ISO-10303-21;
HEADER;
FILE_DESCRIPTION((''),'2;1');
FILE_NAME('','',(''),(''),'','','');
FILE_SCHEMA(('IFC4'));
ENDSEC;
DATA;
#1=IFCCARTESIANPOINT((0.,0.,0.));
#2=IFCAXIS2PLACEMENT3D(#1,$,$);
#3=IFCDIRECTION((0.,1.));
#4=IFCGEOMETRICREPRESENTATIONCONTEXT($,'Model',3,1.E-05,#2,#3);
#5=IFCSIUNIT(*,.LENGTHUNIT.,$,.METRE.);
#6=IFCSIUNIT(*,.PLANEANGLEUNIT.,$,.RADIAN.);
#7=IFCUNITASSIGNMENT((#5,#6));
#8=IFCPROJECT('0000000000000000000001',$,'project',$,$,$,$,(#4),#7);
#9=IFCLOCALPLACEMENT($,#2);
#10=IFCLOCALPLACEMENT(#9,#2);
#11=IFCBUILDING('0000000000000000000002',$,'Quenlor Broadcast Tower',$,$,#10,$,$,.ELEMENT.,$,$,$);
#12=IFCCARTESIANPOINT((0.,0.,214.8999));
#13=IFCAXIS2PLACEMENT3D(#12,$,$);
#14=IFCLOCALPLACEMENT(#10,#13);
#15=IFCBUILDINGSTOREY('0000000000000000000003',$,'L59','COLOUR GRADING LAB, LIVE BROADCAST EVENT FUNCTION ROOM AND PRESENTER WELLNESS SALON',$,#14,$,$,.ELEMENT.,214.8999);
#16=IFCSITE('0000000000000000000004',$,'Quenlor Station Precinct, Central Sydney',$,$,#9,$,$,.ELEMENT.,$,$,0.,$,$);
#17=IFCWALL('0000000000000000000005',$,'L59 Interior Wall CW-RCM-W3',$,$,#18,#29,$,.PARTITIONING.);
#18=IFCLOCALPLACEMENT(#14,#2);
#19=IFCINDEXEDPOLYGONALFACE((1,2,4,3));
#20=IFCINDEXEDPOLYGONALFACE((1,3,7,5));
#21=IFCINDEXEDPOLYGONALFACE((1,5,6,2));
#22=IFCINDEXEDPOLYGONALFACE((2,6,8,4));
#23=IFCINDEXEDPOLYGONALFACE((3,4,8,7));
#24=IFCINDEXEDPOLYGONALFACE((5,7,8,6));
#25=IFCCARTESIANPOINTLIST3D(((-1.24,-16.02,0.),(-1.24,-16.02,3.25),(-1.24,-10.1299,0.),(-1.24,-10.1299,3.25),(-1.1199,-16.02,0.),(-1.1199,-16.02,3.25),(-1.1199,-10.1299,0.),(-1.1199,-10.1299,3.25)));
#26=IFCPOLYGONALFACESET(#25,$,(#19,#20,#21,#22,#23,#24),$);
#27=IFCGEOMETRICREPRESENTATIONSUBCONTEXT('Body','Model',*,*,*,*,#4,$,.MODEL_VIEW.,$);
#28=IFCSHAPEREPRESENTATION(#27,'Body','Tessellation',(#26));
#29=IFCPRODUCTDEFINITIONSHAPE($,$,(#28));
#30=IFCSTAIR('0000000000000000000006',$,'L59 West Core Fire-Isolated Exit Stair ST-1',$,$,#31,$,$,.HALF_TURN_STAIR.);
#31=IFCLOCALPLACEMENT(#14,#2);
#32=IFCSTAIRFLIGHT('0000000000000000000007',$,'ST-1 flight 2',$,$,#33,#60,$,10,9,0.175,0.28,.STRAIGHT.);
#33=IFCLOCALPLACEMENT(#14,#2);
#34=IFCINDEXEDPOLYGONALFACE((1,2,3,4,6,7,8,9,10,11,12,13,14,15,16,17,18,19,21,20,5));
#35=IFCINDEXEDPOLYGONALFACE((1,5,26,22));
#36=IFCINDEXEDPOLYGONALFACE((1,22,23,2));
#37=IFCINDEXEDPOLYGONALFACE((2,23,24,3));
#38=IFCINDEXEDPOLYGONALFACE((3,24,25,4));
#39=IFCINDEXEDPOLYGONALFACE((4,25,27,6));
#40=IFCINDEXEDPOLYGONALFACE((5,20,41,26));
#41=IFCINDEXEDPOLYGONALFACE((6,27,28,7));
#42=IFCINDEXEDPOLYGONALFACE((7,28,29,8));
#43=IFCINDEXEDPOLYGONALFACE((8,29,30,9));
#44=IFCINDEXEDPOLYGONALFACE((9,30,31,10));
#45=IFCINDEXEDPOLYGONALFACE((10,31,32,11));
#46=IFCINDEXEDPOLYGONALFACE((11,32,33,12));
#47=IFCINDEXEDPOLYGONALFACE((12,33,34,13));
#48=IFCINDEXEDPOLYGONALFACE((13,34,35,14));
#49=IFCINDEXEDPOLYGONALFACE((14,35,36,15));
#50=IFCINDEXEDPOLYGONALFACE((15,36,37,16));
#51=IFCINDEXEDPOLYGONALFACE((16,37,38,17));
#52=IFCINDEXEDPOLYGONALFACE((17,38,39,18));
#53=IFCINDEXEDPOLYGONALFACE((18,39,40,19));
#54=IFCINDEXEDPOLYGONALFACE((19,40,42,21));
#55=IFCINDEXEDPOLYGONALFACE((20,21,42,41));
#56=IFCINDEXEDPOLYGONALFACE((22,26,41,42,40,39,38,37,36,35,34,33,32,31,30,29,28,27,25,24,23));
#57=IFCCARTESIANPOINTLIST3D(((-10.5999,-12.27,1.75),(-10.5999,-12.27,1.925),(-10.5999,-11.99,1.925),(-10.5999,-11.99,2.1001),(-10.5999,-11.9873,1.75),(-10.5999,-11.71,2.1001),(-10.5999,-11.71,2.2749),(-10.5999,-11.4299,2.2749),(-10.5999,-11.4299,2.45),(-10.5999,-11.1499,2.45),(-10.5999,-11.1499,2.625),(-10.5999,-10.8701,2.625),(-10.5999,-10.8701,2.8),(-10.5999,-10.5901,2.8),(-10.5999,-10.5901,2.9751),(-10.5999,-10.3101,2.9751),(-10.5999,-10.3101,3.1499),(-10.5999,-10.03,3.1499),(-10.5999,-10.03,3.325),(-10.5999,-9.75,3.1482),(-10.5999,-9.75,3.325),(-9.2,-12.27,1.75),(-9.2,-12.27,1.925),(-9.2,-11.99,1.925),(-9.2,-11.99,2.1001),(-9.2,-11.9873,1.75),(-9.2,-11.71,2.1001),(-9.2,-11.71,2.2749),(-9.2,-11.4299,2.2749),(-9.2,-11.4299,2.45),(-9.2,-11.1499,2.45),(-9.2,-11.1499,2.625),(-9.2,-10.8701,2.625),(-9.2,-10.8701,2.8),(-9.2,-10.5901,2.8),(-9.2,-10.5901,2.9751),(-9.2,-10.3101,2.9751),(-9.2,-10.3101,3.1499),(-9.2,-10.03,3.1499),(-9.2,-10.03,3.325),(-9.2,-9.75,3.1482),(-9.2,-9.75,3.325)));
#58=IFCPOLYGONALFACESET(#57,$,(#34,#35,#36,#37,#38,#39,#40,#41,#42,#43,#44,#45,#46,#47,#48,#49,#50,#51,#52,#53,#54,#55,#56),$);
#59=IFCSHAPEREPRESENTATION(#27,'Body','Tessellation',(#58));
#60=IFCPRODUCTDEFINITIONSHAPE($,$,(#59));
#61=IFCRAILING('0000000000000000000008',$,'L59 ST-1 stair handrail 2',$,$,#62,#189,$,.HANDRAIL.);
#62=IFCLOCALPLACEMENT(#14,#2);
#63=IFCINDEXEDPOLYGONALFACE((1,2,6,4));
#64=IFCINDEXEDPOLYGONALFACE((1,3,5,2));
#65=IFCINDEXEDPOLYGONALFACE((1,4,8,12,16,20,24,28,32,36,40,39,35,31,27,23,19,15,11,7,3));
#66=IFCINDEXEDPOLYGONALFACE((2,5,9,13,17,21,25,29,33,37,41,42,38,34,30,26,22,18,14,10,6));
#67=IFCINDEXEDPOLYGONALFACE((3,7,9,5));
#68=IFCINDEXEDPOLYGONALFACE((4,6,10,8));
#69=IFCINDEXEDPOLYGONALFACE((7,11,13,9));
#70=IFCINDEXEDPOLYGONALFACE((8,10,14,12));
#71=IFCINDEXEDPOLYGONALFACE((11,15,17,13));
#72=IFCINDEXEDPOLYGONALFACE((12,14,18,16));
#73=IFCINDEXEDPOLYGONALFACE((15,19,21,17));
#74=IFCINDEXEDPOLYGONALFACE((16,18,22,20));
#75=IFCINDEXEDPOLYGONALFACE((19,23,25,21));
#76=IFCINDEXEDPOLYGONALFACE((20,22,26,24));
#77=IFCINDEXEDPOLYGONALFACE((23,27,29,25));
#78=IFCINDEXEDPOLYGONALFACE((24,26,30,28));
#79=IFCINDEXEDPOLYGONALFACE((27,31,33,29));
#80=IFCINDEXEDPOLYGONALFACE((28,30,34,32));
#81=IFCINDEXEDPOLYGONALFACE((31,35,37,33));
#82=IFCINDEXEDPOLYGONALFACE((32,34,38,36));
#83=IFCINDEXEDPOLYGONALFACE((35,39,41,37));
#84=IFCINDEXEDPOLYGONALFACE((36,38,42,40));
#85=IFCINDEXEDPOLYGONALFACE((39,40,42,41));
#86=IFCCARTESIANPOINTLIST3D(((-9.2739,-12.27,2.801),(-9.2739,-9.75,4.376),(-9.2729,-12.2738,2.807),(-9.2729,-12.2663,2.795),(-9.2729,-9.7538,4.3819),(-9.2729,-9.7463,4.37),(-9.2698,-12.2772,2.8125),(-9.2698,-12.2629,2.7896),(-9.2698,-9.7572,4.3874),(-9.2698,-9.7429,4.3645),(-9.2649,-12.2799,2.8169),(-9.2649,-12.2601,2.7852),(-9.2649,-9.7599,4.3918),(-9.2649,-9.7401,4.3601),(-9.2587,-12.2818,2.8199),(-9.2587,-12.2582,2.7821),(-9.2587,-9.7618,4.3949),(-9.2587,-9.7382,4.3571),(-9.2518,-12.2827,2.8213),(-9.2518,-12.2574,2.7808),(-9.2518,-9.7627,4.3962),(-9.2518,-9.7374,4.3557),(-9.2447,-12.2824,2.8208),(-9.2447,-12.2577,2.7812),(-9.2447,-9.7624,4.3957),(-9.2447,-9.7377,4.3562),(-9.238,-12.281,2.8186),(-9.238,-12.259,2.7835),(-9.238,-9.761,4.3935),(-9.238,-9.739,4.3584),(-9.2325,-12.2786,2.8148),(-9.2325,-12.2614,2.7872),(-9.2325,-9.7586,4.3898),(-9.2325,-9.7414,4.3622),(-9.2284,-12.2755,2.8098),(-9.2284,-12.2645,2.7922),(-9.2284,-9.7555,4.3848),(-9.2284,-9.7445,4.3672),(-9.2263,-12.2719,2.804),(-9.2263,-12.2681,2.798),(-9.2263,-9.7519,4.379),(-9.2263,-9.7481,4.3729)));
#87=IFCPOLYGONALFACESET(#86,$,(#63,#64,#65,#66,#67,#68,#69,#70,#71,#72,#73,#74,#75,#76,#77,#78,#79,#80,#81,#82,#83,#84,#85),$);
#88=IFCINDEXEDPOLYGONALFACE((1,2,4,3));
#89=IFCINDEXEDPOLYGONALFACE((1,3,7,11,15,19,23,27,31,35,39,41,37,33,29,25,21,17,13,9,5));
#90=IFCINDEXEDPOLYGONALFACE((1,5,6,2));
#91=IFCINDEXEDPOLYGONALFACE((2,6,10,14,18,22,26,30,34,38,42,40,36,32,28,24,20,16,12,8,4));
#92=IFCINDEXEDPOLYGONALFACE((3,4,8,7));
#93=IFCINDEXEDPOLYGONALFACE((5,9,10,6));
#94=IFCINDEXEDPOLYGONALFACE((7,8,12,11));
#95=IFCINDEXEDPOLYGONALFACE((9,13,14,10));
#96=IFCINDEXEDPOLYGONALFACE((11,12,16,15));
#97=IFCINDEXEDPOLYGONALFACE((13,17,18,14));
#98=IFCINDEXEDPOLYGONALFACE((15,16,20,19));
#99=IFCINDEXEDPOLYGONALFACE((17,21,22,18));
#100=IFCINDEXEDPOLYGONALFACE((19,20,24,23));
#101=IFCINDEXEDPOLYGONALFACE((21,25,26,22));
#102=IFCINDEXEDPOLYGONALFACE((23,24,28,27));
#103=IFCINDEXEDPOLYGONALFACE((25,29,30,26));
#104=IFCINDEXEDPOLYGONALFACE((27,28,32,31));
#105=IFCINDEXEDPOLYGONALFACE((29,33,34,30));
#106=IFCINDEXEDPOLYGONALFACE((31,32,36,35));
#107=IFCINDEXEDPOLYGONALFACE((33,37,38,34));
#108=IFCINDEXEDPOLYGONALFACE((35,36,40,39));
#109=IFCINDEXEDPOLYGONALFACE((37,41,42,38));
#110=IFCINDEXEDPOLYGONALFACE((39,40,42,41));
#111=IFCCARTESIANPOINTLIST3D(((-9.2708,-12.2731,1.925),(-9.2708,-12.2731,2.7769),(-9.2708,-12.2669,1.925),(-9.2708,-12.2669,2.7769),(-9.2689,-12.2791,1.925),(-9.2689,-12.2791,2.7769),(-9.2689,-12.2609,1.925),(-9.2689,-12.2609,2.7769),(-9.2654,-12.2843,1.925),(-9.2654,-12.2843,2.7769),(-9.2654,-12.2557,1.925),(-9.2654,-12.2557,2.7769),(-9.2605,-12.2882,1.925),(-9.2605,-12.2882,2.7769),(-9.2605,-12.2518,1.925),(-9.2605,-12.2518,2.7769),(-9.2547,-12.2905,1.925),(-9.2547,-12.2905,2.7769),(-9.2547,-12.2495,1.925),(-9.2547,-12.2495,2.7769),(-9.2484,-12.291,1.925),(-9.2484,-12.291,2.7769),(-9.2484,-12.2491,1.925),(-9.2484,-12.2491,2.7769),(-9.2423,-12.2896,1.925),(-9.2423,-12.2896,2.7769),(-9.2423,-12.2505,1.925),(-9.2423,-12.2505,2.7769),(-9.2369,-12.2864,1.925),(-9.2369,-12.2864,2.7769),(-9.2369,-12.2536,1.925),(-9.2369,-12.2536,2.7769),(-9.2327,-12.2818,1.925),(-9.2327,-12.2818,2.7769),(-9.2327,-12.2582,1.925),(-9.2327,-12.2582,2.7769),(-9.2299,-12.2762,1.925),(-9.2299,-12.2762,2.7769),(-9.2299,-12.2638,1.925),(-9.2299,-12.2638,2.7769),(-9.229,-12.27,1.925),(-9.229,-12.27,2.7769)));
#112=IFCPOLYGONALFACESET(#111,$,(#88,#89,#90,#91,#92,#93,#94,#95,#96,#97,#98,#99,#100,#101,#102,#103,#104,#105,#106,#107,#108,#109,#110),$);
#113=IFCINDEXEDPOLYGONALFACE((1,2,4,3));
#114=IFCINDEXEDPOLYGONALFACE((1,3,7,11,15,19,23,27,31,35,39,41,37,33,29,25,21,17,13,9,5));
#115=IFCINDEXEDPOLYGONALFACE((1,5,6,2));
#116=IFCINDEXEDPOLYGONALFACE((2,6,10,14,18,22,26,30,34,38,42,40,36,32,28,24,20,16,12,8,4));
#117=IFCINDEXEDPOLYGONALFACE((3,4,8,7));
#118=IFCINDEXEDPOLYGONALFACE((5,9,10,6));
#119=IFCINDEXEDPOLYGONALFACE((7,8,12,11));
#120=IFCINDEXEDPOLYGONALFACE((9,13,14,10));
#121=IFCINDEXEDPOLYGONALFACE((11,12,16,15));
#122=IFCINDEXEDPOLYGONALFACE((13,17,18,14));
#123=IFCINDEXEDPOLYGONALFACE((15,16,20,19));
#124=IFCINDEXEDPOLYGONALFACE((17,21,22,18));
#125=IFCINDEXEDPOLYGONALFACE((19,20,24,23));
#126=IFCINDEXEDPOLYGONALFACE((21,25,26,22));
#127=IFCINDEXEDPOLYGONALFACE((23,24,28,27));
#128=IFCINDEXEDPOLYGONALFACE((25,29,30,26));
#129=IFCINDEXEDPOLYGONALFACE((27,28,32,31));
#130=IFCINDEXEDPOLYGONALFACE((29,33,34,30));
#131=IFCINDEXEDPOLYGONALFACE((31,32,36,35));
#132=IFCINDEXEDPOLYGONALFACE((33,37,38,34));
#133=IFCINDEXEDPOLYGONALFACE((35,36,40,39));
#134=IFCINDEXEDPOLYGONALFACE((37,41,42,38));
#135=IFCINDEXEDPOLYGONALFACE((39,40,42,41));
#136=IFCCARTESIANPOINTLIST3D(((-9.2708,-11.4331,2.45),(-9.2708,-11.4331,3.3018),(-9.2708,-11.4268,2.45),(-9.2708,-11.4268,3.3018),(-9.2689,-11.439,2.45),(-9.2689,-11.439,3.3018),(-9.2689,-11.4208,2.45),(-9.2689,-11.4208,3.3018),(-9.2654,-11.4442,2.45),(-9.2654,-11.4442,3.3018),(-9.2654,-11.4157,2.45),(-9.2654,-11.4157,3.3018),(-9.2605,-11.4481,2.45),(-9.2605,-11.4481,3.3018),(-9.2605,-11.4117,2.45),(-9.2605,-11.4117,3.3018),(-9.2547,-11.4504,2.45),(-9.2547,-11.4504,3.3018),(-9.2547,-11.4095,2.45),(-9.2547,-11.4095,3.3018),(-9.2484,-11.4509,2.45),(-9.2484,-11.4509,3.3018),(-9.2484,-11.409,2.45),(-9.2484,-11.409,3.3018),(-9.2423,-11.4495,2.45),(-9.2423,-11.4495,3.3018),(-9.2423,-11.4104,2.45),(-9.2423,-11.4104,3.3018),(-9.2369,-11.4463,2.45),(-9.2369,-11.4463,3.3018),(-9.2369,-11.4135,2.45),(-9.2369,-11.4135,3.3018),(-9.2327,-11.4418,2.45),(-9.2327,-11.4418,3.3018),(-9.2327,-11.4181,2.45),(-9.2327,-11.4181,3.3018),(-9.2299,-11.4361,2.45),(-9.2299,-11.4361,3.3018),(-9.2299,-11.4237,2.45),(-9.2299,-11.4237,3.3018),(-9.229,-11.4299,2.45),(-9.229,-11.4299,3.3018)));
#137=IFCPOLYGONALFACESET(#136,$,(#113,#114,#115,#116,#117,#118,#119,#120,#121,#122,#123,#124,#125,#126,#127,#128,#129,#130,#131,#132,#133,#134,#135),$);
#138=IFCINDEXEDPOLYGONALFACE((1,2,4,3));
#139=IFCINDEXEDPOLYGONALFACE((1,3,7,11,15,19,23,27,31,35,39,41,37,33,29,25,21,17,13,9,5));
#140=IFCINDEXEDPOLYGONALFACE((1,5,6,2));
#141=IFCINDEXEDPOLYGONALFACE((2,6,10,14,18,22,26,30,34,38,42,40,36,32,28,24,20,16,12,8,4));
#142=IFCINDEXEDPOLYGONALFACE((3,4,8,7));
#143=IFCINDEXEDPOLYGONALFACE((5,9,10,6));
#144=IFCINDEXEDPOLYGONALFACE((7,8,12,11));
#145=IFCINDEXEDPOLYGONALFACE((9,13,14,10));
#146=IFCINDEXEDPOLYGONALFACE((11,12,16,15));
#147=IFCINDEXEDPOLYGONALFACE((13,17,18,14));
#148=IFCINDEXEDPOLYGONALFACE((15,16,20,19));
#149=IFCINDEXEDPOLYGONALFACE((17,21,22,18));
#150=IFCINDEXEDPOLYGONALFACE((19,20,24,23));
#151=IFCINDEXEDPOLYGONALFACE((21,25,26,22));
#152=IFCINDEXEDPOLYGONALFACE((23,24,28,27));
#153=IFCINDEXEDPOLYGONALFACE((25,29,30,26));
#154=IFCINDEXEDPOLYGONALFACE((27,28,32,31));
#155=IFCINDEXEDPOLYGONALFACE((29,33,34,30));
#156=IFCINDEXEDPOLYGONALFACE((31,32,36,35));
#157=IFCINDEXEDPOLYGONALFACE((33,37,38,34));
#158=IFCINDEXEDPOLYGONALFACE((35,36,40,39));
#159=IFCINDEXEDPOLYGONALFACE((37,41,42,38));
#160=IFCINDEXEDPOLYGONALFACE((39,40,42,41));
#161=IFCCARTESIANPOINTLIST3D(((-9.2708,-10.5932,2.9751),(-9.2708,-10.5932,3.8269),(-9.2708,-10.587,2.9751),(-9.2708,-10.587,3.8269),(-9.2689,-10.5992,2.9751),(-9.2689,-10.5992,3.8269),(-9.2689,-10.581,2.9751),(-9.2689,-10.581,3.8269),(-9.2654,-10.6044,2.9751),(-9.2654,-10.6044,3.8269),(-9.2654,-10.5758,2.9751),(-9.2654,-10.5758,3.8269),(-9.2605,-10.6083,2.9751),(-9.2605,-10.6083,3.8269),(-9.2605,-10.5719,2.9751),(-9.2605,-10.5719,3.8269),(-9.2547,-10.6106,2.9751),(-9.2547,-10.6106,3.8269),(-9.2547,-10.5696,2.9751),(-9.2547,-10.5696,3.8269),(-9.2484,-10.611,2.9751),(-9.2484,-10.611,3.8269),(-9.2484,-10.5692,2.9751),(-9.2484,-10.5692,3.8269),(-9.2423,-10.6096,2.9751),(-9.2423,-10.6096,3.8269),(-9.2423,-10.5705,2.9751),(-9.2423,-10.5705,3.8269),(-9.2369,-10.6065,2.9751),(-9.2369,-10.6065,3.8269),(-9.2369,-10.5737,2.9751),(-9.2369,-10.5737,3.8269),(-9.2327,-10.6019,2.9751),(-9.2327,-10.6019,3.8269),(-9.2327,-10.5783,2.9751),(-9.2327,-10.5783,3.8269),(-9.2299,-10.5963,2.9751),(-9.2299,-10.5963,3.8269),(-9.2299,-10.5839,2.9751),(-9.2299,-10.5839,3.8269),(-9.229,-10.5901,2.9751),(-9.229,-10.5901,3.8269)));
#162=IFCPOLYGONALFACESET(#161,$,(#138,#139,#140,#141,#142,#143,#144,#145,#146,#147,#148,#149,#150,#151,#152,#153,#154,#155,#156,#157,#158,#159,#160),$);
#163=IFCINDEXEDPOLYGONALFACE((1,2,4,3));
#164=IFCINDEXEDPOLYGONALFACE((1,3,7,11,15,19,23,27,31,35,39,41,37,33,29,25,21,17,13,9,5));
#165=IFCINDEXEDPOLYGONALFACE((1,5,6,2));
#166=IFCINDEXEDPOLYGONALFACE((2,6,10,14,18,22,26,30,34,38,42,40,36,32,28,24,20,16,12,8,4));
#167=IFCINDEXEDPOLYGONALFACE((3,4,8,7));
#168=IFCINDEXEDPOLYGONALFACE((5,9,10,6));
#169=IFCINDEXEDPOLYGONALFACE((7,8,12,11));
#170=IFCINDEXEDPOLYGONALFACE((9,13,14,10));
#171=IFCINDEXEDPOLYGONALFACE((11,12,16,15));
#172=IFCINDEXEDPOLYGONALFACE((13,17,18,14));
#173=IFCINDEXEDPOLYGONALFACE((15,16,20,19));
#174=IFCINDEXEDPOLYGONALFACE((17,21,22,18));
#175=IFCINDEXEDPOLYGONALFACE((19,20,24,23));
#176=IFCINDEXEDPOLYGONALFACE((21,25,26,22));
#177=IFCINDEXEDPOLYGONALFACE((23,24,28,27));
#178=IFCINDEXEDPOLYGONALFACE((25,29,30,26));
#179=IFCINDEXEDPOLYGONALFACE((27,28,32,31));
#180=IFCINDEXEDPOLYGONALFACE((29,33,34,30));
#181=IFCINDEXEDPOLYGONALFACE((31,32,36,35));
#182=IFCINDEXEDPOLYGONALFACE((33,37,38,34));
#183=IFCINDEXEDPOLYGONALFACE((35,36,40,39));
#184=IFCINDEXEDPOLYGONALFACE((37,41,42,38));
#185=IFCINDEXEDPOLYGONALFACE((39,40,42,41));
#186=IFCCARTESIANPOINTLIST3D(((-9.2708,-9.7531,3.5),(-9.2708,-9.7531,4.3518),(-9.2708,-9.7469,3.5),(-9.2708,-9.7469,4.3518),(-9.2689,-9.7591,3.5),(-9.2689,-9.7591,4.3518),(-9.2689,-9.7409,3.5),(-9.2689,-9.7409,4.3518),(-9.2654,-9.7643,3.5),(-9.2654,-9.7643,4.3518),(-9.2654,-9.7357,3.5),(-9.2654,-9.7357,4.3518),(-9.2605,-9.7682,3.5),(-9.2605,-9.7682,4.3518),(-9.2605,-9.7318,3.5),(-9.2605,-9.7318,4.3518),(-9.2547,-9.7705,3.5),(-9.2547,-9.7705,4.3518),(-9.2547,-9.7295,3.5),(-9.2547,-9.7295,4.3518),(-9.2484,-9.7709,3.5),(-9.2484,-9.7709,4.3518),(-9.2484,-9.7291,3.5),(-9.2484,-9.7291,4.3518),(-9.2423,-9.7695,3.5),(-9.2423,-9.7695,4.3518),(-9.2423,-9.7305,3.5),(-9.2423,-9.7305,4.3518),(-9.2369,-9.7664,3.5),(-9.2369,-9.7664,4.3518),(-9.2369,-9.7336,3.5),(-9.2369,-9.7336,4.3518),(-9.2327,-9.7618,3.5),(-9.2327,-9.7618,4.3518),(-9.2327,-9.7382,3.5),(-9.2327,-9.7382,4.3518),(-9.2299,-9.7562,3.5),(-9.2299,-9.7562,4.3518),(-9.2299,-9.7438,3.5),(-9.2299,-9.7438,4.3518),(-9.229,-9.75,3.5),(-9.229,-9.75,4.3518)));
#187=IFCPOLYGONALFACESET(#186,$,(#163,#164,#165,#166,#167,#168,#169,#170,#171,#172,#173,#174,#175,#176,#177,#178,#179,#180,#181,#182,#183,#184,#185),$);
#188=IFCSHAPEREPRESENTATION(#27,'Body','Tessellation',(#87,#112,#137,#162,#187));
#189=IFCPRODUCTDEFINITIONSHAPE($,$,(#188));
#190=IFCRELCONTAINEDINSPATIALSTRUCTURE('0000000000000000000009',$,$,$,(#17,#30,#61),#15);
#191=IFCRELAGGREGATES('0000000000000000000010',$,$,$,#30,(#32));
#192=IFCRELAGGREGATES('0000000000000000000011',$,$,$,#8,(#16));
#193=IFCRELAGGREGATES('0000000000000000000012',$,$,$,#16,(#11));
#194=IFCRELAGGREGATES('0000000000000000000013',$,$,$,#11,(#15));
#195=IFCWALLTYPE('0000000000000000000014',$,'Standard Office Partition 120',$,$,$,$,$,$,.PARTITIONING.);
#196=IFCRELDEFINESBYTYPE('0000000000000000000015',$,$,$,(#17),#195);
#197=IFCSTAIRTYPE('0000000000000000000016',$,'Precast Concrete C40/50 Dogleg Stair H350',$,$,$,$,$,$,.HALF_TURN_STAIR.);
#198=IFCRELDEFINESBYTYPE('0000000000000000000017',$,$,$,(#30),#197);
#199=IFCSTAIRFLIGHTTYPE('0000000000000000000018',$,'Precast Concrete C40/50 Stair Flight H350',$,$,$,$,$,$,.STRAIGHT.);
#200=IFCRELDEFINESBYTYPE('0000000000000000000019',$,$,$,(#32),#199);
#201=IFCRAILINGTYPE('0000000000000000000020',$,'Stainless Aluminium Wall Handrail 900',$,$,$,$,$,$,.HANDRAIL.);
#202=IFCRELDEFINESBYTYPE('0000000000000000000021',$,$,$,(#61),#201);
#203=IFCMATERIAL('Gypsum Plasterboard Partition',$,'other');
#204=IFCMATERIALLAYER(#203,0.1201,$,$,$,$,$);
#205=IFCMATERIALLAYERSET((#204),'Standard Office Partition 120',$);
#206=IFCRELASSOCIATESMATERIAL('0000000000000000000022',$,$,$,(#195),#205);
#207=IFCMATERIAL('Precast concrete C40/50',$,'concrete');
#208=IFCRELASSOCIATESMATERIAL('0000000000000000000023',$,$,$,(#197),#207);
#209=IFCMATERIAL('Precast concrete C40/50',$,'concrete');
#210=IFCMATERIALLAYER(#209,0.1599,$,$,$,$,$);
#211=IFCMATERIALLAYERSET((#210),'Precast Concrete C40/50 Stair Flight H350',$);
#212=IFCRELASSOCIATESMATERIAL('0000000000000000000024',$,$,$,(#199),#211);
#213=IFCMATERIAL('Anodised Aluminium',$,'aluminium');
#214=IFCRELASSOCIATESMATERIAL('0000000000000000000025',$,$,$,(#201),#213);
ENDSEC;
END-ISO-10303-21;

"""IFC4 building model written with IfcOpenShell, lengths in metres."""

from ifc_helpers import new_model, si_unit, direction, frame, frame_2d, origin, origin_2d, place, context, subcontext, project, spatial, polyline, rectangle, circle, outline, extrude, material, layer, layer_set, type_object, element, aggregate, save


model = new_model("IFC4")

# Units and contexts
model_context = context("Model", 3, precision=1e-05, world=origin(), true_north=direction((0.0, 1.0)))
body_context = subcontext(model_context, "Body", "Model", "MODEL_VIEW")
ifc_project = project(units=[si_unit("LENGTHUNIT", "METRE"), si_unit("PLANEANGLEUNIT", "RADIAN")], contexts=[model_context])

# Site, building, storey
site_placement = place(None, origin())
site = spatial("IfcSite", under=ifc_project, at=site_placement, Name="Quenlor Station Precinct, Central Sydney", CompositionType="ELEMENT", RefElevation=0.0)
building_placement = place(site_placement, origin())
building = spatial("IfcBuilding", under=site, at=building_placement, Name="Quenlor Broadcast Tower", CompositionType="ELEMENT")
storey_placement = place(building_placement, frame((0.0, 0.0, 214.8999)))
storey = spatial("IfcBuildingStorey", under=building, at=storey_placement, Name="L59", Description="COLOUR GRADING LAB, LIVE BROADCAST EVENT FUNCTION ROOM AND PRESENTER WELLNESS SALON", CompositionType="ELEMENT", Elevation=214.8999)

# Wall
ifc_material_1 = material(Name="Gypsum Plasterboard Partition", Category="other")
ifc_layer_1 = layer(ifc_material_1, 0.1201)
ifc_layer_set_1 = layer_set([ifc_layer_1], Name="Standard Office Partition 120")
wall_type_1 = type_object("IfcWallType", Name="Standard Office Partition 120", PredefinedType="PARTITIONING", material=ifc_layer_set_1)
wall_1_placement = place(storey_placement, frame((-1.1799, -16.02, 0.0), z_axis=(0.0, 0.0, 1.0), x_axis=(0.0, 1.0, 0.0)))
element("IfcWall", 1, at=wall_1_placement, inside=storey, type_object=wall_type_1, Name="L59 Interior Wall CW-RCM-W3", PredefinedType="PARTITIONING", context=body_context, shape_type="SweptSolid", body=[
    extrude(rectangle(XDim=5.8901, YDim=0.1201, at=frame_2d((2.9451, 0.0))), origin(), (0.0, 0.0, 1.0), 3.25),
])

# Stair, stair flight
ifc_material_2 = material(Name="Precast concrete C40/50", Category="concrete")
stair_type = type_object("IfcStairType", Name="Precast Concrete C40/50 Dogleg Stair H350", PredefinedType="HALF_TURN_STAIR", material=ifc_material_2)
stair_placement = place(storey_placement, origin())
stair = element("IfcStair", 2, at=stair_placement, inside=storey, type_object=stair_type, Name="L59 West Core Fire-Isolated Exit Stair ST-1", PredefinedType="HALF_TURN_STAIR")
ifc_material_3 = material(Name="Precast concrete C40/50", Category="concrete")
ifc_layer_2 = layer(ifc_material_3, 0.1599)
ifc_layer_set_2 = layer_set([ifc_layer_2], Name="Precast Concrete C40/50 Stair Flight H350")
stair_flight_type = type_object("IfcStairFlightType", Name="Precast Concrete C40/50 Stair Flight H350", PredefinedType="STRAIGHT", material=ifc_layer_set_2)
stair_flight_placement = place(storey_placement, frame((-9.8999, -12.27, 1.75), z_axis=(0.0, 0.0, 1.0), x_axis=(0.0, 1.0, 0.0)))
stair_flight = element("IfcStairFlight", 3, at=stair_flight_placement, type_object=stair_flight_type, Name="ST-1 flight 2", NumberOfRisers=10, NumberOfTreads=9, PredefinedType="STRAIGHT", RiserHeight=0.175, TreadLength=0.28, context=body_context, shape_type="SweptSolid", body=[
    extrude(outline(polyline([(0.0, 0.0), (0.0, 0.175), (0.28, 0.175), (0.28, 0.3501), (0.5601, 0.3501), (0.5601, 0.5249), (0.8401, 0.5249), (0.8401, 0.7), (1.1201, 0.7), (1.1201, 0.875), (1.3999, 0.875), (1.3999, 1.05), (1.6799, 1.05), (1.6799, 1.2251), (1.96, 1.2251), (1.96, 1.3999), (2.24, 1.3999), (2.24, 1.575), (2.52, 1.575), (2.52, 1.75), (2.52, 1.3982), (0.2827, 0.0), (0.0, 0.0)])), frame((0.0, 0.7, 0.0), z_axis=(0.0, -1.0, 0.0), x_axis=(1.0, 0.0, 0.0)), (0.0, 0.0, 1.0), 1.3999),
])
aggregate(stair, [stair_flight])

# Railing
ifc_material_4 = material(Name="Anodised Aluminium", Category="aluminium")
railing_type_1 = type_object("IfcRailingType", Name="Stainless Aluminium Wall Handrail 900", PredefinedType="HANDRAIL", material=ifc_material_4)
railing_1_placement = place(storey_placement, frame((-9.25, -12.27, 1.925)))
element("IfcRailing", 4, at=railing_1_placement, inside=storey, type_object=railing_type_1, Name="L59 ST-1 stair handrail 2", PredefinedType="HANDRAIL", context=body_context, shape_type="SweptSolid", body=[
    extrude(circle(Radius=0.0239, at=origin_2d()), frame((0.0, 0.0, 0.876), z_axis=(0.0, 0.848008, 0.529984), x_axis=(-1.0, 0.0, 0.0)), (0.0, 0.0, 1.0), 2.9717),
    extrude(circle(Radius=0.021, at=origin_2d()), origin(), (0.0, 0.0, 1.0), 0.8518),
    extrude(circle(Radius=0.021, at=origin_2d()), frame((0.0, 0.8401, 0.5249)), (0.0, 0.0, 1.0), 0.8518),
    extrude(circle(Radius=0.021, at=origin_2d()), frame((0.0, 1.6799, 1.05)), (0.0, 0.0, 1.0), 0.8518),
    extrude(circle(Radius=0.021, at=origin_2d()), frame((0.0, 2.52, 1.575)), (0.0, 0.0, 1.0), 0.8518),
])

save(model, "model.ifc")
